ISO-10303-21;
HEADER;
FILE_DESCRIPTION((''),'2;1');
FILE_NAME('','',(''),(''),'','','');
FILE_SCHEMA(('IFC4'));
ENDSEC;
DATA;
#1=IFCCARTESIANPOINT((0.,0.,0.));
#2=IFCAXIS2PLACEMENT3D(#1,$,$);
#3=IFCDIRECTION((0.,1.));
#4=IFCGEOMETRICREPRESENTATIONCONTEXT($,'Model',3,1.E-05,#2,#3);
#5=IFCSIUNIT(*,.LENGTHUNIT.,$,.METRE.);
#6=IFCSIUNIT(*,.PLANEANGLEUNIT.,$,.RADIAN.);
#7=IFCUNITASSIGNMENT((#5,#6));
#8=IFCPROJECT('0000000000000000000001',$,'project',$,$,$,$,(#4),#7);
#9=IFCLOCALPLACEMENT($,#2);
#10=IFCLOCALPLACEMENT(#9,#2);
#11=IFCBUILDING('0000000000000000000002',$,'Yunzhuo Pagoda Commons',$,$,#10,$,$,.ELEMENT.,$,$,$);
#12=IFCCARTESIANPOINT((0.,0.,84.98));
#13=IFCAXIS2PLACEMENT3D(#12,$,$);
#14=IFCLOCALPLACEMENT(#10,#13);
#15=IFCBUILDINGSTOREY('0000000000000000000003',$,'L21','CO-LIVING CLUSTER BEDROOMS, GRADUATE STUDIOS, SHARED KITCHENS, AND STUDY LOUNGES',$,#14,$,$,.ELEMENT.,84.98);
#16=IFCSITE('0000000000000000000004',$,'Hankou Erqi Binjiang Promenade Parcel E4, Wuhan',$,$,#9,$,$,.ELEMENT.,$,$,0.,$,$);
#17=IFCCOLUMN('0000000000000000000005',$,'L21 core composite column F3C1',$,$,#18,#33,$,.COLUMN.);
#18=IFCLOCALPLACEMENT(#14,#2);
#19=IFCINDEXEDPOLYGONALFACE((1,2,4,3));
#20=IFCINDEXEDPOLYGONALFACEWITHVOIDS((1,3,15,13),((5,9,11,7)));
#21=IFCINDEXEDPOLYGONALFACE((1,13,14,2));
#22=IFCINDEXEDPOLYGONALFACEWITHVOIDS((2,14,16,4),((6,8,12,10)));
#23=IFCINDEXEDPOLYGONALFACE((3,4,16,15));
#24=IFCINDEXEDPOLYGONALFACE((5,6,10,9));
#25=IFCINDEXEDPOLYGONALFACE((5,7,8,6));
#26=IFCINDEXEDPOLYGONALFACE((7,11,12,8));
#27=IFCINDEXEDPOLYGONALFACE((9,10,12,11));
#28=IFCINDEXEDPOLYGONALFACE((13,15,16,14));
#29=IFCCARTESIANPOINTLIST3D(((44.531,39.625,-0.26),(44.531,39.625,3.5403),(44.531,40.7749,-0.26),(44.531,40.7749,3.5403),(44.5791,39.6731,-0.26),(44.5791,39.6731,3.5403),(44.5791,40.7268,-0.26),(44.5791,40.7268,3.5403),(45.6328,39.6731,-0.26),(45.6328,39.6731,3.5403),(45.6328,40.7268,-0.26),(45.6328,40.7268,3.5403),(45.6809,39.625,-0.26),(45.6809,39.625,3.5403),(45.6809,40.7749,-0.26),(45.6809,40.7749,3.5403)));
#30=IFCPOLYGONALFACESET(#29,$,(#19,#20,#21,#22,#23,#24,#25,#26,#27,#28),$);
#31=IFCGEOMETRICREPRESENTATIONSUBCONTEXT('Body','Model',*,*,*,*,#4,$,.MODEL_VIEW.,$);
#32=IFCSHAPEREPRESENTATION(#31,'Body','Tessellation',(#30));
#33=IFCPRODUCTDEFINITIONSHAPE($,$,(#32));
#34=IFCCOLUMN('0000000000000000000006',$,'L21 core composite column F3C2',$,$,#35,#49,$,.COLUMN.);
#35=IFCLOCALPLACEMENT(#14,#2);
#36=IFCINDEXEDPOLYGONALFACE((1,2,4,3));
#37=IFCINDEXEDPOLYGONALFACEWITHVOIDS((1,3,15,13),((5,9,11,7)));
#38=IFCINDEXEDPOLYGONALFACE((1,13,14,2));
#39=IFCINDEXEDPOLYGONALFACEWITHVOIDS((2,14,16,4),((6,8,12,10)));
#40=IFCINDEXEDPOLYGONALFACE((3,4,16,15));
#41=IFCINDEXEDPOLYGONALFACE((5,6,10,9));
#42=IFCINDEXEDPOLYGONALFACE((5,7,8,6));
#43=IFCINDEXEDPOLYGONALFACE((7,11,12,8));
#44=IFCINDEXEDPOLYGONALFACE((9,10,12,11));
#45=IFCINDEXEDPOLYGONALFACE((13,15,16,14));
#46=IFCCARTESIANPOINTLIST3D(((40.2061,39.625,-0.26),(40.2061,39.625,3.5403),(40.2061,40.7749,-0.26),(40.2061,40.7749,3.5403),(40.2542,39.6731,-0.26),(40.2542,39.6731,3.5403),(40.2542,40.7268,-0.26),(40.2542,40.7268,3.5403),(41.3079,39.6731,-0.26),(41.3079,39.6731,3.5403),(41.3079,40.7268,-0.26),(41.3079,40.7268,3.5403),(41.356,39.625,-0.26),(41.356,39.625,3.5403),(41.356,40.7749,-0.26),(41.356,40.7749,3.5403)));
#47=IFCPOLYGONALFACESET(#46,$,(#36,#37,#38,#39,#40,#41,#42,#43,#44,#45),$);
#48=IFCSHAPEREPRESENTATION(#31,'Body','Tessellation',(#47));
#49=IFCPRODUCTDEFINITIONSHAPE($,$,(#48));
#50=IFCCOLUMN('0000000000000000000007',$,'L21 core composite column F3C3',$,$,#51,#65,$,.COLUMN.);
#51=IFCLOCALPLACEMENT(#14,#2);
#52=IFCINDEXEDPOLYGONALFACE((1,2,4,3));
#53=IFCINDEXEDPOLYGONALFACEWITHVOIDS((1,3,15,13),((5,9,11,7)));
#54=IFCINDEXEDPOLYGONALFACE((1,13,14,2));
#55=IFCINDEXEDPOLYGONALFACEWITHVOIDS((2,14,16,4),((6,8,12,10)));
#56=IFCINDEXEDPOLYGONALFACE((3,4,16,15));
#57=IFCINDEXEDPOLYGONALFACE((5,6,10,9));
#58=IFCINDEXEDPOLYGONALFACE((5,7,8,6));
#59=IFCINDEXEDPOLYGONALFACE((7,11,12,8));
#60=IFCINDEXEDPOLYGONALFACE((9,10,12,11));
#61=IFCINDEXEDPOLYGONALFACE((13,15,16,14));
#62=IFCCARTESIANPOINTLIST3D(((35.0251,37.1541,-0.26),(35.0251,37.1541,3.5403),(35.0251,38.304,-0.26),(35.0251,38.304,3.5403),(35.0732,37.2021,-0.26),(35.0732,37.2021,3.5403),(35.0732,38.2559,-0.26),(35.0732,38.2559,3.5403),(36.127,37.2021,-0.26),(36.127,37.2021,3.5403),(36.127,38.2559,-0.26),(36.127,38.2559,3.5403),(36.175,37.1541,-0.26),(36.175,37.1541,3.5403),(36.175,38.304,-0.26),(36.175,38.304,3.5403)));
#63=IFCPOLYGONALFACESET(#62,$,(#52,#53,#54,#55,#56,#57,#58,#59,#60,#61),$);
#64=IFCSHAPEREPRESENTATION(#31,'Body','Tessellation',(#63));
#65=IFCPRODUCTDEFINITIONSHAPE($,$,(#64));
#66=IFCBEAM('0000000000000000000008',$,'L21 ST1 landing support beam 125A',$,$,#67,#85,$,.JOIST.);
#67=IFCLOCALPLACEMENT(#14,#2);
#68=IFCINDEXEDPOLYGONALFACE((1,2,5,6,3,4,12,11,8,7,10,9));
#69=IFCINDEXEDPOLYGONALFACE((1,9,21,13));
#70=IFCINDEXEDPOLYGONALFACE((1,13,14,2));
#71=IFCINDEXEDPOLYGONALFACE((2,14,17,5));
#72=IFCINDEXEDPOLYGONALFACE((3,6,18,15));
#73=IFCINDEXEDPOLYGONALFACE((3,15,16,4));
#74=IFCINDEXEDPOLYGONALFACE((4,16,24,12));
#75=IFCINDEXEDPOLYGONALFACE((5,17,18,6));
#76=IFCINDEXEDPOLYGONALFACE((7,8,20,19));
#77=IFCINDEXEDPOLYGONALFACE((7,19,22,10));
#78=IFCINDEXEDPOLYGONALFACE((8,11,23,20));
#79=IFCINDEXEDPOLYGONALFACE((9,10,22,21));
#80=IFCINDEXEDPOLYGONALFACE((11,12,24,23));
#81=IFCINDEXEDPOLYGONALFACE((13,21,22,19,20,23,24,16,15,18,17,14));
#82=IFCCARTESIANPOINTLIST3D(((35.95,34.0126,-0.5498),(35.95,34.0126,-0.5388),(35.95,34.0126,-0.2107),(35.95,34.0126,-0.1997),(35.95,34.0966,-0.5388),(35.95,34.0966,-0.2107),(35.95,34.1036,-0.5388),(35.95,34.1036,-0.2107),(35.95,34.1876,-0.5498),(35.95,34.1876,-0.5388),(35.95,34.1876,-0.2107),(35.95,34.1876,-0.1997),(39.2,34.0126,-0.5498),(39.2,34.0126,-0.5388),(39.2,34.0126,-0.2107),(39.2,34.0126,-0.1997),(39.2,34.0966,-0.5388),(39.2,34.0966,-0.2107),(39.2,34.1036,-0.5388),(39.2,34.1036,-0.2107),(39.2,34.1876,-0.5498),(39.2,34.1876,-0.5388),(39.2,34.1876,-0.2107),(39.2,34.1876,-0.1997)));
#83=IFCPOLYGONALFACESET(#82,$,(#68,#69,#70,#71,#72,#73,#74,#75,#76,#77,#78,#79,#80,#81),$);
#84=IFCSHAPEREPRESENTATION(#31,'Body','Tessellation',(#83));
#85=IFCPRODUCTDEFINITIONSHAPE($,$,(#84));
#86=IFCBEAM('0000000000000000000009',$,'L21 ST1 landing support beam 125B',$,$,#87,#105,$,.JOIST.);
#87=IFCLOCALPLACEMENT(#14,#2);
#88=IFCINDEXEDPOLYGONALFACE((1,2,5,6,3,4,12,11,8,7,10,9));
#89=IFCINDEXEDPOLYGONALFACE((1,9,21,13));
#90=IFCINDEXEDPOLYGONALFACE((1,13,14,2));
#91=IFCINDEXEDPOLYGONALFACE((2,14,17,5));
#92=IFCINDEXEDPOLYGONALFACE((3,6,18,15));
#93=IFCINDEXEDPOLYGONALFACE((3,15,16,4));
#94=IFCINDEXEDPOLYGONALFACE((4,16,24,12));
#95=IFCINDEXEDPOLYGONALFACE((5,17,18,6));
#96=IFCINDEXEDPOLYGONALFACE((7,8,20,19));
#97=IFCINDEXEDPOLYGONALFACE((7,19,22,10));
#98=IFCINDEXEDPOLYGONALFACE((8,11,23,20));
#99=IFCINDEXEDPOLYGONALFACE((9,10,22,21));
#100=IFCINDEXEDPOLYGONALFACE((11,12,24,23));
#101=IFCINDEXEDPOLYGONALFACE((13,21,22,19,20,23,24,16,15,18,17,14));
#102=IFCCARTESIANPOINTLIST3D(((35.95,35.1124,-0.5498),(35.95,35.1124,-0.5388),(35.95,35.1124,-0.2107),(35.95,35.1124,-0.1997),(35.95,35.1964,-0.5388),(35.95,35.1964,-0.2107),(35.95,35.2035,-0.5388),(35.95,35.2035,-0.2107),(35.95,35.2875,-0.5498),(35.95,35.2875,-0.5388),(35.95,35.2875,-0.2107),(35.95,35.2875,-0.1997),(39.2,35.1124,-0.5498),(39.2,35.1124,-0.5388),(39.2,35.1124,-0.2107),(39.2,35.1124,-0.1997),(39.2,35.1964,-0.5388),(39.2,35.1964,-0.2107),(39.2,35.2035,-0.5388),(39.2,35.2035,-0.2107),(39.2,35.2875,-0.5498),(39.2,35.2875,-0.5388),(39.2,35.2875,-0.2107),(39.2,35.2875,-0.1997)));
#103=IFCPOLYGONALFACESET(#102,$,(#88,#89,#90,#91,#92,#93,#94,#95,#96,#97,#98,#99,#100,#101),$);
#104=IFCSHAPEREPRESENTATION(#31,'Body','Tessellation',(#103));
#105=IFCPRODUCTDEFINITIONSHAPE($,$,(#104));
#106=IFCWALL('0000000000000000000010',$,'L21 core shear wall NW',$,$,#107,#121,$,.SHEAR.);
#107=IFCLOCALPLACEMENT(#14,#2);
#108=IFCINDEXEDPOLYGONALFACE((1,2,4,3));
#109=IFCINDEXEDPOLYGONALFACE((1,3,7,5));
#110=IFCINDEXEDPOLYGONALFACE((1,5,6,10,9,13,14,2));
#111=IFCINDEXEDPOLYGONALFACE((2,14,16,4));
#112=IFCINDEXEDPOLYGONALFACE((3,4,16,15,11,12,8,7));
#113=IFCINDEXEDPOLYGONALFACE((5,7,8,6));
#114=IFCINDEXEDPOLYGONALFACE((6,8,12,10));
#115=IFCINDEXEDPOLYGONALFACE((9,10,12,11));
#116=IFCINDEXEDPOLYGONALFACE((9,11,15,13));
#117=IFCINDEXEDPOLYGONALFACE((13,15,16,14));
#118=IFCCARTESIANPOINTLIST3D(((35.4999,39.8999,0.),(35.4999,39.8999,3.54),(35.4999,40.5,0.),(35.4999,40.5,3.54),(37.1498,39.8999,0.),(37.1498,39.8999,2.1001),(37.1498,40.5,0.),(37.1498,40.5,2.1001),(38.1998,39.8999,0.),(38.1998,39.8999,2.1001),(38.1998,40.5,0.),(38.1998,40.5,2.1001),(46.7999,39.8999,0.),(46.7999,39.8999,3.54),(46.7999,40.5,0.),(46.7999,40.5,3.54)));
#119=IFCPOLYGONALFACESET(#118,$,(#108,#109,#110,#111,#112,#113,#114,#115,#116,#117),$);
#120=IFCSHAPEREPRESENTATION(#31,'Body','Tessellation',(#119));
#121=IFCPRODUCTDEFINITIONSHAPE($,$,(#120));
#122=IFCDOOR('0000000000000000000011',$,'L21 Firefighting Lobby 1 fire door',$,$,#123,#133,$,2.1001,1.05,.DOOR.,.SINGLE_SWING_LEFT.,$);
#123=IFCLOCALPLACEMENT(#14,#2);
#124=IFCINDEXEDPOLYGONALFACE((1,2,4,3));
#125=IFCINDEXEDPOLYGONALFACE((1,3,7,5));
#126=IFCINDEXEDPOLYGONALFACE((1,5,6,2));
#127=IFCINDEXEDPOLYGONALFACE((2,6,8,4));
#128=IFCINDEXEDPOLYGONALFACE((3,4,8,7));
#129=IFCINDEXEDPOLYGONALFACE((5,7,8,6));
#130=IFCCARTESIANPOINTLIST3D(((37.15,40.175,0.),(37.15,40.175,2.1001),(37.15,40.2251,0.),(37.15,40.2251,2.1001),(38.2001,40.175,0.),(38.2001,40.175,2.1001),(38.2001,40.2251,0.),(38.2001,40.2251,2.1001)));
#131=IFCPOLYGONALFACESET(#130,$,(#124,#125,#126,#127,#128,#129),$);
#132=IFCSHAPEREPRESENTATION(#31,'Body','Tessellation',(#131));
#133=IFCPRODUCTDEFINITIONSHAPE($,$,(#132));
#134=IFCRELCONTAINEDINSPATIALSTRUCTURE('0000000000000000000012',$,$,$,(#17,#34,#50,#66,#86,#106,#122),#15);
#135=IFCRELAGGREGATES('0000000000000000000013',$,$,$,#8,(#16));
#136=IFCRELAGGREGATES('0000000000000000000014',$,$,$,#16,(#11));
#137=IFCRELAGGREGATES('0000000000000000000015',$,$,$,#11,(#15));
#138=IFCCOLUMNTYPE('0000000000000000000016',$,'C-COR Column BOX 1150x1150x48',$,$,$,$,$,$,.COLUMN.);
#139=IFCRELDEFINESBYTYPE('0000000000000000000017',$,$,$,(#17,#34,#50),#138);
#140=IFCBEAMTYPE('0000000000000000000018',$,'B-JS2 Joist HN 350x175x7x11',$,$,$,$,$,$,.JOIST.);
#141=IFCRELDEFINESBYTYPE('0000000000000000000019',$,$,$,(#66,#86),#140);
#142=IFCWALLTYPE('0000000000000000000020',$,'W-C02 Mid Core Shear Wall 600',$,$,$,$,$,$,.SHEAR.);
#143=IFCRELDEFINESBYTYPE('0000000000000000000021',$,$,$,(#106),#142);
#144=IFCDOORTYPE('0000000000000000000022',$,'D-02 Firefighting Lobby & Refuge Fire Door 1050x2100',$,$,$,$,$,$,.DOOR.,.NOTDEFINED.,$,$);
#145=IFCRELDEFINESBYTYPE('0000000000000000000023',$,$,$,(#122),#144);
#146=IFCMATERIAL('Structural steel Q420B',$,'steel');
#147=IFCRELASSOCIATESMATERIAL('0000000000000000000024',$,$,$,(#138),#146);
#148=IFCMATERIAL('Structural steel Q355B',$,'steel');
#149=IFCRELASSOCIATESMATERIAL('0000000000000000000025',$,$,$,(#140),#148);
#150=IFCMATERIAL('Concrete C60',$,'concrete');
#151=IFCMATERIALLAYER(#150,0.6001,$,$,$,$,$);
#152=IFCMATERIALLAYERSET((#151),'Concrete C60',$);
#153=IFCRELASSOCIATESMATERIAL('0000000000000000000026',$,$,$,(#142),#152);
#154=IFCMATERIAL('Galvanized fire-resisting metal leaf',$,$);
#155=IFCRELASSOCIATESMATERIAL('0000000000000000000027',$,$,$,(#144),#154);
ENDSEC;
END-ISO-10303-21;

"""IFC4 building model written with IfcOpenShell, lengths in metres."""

from ifc_helpers import new_model, si_unit, direction, frame, frame_2d, origin, origin_2d, place, context, subcontext, project, spatial, rectangle, hollow_rectangle, i_section, extrude, source, transform, mapped, material, layer, layer_set, material_profile, profile_set, type_object, element, fill, save


model = new_model("IFC4")

# Units and contexts
model_context = context("Model", 3, precision=1e-05, world=origin(), true_north=direction((0.0, 1.0)))
body_context = subcontext(model_context, "Body", "Model", "MODEL_VIEW")
ifc_project = project(units=[si_unit("LENGTHUNIT", "METRE"), si_unit("PLANEANGLEUNIT", "RADIAN")], contexts=[model_context])

# Site, building, storey
site_placement = place(None, origin())
site = spatial("IfcSite", under=ifc_project, at=site_placement, Name="Hankou Erqi Binjiang Promenade Parcel E4, Wuhan", CompositionType="ELEMENT", RefElevation=0.0)
building_placement = place(site_placement, origin())
building = spatial("IfcBuilding", under=site, at=building_placement, Name="Yunzhuo Pagoda Commons", CompositionType="ELEMENT")
storey_placement = place(building_placement, frame((0.0, 0.0, 84.98)))
storey = spatial("IfcBuildingStorey", under=building, at=storey_placement, Name="L21", Description="CO-LIVING CLUSTER BEDROOMS, GRADUATE STUDIOS, SHARED KITCHENS, AND STUDY LOUNGES", CompositionType="ELEMENT", Elevation=84.98)

# Columns
ifc_material_1 = material(Name="Structural steel Q420B", Category="steel")
ifc_material_profile_1 = material_profile(ifc_material_1, hollow_rectangle(XDim=1.1499, YDim=1.1499, WallThickness=0.0481, at=origin_2d()), Name="Structural steel Q420B")
ifc_profile_set_1 = profile_set([ifc_material_profile_1], Name="Structural steel Q420B")
column_type = type_object("IfcColumnType", Name="C-COR Column BOX 1150x1150x48", PredefinedType="COLUMN", material=ifc_profile_set_1)
shared_shape_1 = source(origin(), body_context, "Body", "SweptSolid", [
    extrude(hollow_rectangle(XDim=1.1499, YDim=1.1499, WallThickness=0.0481, at=origin_2d()), origin(), (0.0, 0.0, 1.0), 3.8003),
])
for number, where, z_axis, x_axis, name in (
    (1, (45.106, 40.2, -0.26), (0.0, 0.0, 1.0), (1.0, 0.0, 0.0), "L21 core composite column F3C1"),
    (2, (40.781, 40.2, -0.26), (0.0, 0.0, 1.0), (1.0, 0.0, 0.0), "L21 core composite column F3C2"),
    (3, (35.6001, 37.729, -0.26), (0.0, 0.0, 1.0), (1.0, 0.0, 0.0), "L21 core composite column F3C3"),
):
    element("IfcColumn", number, at=place(storey_placement, frame(where, z_axis=z_axis, x_axis=x_axis)), inside=storey, type_object=column_type, Name=name, PredefinedType="COLUMN", context=body_context, shape_type="MappedRepresentation", body=[
        mapped(shared_shape_1, transform((0.0, 0.0, 0.0), scale=1.0)),
    ])

# Beams
ifc_material_2 = material(Name="Structural steel Q355B", Category="steel")
ifc_material_profile_2 = material_profile(ifc_material_2, i_section(OverallWidth=0.175, OverallDepth=0.3501, WebThickness=0.0071, FlangeThickness=0.011, at=origin_2d()), Name="Structural steel Q355B")
ifc_profile_set_2 = profile_set([ifc_material_profile_2], Name="Structural steel Q355B")
beam_type = type_object("IfcBeamType", Name="B-JS2 Joist HN 350x175x7x11", PredefinedType="JOIST", material=ifc_profile_set_2)
shared_shape_2 = source(origin(), body_context, "Body", "SweptSolid", [
    extrude(i_section(OverallWidth=0.175, OverallDepth=0.3501, WebThickness=0.0071, FlangeThickness=0.011, at=origin_2d()), origin(), (0.0, 0.0, 1.0), 3.25),
])
for number, where, z_axis, x_axis, name in (
    (4, (35.95, 34.1001, -0.3748), (1.0, 0.0, 0.0), (0.0, 1.0, 0.0), "L21 ST1 landing support beam 125A"),
    (5, (35.95, 35.2, -0.3748), (1.0, 0.0, 0.0), (0.0, 1.0, 0.0), "L21 ST1 landing support beam 125B"),
):
    element("IfcBeam", number, at=place(storey_placement, frame(where, z_axis=z_axis, x_axis=x_axis)), inside=storey, type_object=beam_type, Name=name, PredefinedType="JOIST", context=body_context, shape_type="MappedRepresentation", body=[
        mapped(shared_shape_2, transform((0.0, 0.0, 0.0), scale=1.0)),
    ])

# Wall, opening, door
ifc_material_3 = material(Name="Concrete C60", Category="concrete")
ifc_layer_1 = layer(ifc_material_3, 0.6001)
ifc_layer_set_1 = layer_set([ifc_layer_1], Name="Concrete C60")
wall_type_1 = type_object("IfcWallType", Name="W-C02 Mid Core Shear Wall 600", PredefinedType="SHEAR", material=ifc_layer_set_1)
wall_1_placement = place(storey_placement, frame((35.5, 40.2, 0.0), z_axis=(0.0, 0.0, 1.0), x_axis=(1.0, 0.0, 0.0)))
wall_1 = element("IfcWall", 6, at=wall_1_placement, inside=storey, type_object=wall_type_1, Name="L21 core shear wall NW", PredefinedType="SHEAR", context=body_context, shape_type="SweptSolid", body=[
    extrude(rectangle(XDim=11.3, YDim=0.6001, at=frame_2d((5.6499, 0.0))), origin(), (0.0, 0.0, 1.0), 3.54),
])
opening_1_placement = place(wall_1_placement, frame((1.6499, 0.0, 0.0)))
opening_1 = element("IfcOpeningElement", 7, at=opening_1_placement, cuts=wall_1, PredefinedType="OPENING", context=body_context, shape_type="SweptSolid", body=[
    extrude(rectangle(XDim=1.05, YDim=2.1001, at=frame_2d((0.5249, 1.05))), frame((0.0, 0.3101, 0.0), z_axis=(0.0, -1.0, 0.0), x_axis=(1.0, 0.0, 0.0)), (0.0, 0.0, 1.0), 0.6201),
])
ifc_material_4 = material(Name="Galvanized fire-resisting metal leaf")
door_type_1 = type_object("IfcDoorType", Name="D-02 Firefighting Lobby & Refuge Fire Door 1050x2100", OperationType="NOTDEFINED", PredefinedType="DOOR", material=ifc_material_4)
shared_shape_3 = source(origin(), body_context, "Body", "SweptSolid", [
    extrude(rectangle(XDim=1.05, YDim=2.1001, at=frame_2d((0.5249, 1.05))), frame((0.0, 0.0249, 0.0), z_axis=(0.0, -1.0, 0.0), x_axis=(1.0, 0.0, 0.0)), (0.0, 0.0, 1.0), 0.05),
])
door_1_placement = place(opening_1_placement, frame((1.05, 0.0, 0.0), z_axis=(0.0, 0.0, 1.0), x_axis=(-1.0, 0.0, 0.0)))
door_1 = element("IfcDoor", 8, at=door_1_placement, inside=storey, type_object=door_type_1, Name="L21 Firefighting Lobby 1 fire door", OperationType="SINGLE_SWING_LEFT", OverallHeight=2.1001, OverallWidth=1.05, PredefinedType="DOOR", context=body_context, shape_type="MappedRepresentation", body=[
    mapped(shared_shape_3, transform((0.0, 0.0, 0.0), scale=1.0)),
])
fill(opening_1, door_1)

save(model, "model.ifc")
